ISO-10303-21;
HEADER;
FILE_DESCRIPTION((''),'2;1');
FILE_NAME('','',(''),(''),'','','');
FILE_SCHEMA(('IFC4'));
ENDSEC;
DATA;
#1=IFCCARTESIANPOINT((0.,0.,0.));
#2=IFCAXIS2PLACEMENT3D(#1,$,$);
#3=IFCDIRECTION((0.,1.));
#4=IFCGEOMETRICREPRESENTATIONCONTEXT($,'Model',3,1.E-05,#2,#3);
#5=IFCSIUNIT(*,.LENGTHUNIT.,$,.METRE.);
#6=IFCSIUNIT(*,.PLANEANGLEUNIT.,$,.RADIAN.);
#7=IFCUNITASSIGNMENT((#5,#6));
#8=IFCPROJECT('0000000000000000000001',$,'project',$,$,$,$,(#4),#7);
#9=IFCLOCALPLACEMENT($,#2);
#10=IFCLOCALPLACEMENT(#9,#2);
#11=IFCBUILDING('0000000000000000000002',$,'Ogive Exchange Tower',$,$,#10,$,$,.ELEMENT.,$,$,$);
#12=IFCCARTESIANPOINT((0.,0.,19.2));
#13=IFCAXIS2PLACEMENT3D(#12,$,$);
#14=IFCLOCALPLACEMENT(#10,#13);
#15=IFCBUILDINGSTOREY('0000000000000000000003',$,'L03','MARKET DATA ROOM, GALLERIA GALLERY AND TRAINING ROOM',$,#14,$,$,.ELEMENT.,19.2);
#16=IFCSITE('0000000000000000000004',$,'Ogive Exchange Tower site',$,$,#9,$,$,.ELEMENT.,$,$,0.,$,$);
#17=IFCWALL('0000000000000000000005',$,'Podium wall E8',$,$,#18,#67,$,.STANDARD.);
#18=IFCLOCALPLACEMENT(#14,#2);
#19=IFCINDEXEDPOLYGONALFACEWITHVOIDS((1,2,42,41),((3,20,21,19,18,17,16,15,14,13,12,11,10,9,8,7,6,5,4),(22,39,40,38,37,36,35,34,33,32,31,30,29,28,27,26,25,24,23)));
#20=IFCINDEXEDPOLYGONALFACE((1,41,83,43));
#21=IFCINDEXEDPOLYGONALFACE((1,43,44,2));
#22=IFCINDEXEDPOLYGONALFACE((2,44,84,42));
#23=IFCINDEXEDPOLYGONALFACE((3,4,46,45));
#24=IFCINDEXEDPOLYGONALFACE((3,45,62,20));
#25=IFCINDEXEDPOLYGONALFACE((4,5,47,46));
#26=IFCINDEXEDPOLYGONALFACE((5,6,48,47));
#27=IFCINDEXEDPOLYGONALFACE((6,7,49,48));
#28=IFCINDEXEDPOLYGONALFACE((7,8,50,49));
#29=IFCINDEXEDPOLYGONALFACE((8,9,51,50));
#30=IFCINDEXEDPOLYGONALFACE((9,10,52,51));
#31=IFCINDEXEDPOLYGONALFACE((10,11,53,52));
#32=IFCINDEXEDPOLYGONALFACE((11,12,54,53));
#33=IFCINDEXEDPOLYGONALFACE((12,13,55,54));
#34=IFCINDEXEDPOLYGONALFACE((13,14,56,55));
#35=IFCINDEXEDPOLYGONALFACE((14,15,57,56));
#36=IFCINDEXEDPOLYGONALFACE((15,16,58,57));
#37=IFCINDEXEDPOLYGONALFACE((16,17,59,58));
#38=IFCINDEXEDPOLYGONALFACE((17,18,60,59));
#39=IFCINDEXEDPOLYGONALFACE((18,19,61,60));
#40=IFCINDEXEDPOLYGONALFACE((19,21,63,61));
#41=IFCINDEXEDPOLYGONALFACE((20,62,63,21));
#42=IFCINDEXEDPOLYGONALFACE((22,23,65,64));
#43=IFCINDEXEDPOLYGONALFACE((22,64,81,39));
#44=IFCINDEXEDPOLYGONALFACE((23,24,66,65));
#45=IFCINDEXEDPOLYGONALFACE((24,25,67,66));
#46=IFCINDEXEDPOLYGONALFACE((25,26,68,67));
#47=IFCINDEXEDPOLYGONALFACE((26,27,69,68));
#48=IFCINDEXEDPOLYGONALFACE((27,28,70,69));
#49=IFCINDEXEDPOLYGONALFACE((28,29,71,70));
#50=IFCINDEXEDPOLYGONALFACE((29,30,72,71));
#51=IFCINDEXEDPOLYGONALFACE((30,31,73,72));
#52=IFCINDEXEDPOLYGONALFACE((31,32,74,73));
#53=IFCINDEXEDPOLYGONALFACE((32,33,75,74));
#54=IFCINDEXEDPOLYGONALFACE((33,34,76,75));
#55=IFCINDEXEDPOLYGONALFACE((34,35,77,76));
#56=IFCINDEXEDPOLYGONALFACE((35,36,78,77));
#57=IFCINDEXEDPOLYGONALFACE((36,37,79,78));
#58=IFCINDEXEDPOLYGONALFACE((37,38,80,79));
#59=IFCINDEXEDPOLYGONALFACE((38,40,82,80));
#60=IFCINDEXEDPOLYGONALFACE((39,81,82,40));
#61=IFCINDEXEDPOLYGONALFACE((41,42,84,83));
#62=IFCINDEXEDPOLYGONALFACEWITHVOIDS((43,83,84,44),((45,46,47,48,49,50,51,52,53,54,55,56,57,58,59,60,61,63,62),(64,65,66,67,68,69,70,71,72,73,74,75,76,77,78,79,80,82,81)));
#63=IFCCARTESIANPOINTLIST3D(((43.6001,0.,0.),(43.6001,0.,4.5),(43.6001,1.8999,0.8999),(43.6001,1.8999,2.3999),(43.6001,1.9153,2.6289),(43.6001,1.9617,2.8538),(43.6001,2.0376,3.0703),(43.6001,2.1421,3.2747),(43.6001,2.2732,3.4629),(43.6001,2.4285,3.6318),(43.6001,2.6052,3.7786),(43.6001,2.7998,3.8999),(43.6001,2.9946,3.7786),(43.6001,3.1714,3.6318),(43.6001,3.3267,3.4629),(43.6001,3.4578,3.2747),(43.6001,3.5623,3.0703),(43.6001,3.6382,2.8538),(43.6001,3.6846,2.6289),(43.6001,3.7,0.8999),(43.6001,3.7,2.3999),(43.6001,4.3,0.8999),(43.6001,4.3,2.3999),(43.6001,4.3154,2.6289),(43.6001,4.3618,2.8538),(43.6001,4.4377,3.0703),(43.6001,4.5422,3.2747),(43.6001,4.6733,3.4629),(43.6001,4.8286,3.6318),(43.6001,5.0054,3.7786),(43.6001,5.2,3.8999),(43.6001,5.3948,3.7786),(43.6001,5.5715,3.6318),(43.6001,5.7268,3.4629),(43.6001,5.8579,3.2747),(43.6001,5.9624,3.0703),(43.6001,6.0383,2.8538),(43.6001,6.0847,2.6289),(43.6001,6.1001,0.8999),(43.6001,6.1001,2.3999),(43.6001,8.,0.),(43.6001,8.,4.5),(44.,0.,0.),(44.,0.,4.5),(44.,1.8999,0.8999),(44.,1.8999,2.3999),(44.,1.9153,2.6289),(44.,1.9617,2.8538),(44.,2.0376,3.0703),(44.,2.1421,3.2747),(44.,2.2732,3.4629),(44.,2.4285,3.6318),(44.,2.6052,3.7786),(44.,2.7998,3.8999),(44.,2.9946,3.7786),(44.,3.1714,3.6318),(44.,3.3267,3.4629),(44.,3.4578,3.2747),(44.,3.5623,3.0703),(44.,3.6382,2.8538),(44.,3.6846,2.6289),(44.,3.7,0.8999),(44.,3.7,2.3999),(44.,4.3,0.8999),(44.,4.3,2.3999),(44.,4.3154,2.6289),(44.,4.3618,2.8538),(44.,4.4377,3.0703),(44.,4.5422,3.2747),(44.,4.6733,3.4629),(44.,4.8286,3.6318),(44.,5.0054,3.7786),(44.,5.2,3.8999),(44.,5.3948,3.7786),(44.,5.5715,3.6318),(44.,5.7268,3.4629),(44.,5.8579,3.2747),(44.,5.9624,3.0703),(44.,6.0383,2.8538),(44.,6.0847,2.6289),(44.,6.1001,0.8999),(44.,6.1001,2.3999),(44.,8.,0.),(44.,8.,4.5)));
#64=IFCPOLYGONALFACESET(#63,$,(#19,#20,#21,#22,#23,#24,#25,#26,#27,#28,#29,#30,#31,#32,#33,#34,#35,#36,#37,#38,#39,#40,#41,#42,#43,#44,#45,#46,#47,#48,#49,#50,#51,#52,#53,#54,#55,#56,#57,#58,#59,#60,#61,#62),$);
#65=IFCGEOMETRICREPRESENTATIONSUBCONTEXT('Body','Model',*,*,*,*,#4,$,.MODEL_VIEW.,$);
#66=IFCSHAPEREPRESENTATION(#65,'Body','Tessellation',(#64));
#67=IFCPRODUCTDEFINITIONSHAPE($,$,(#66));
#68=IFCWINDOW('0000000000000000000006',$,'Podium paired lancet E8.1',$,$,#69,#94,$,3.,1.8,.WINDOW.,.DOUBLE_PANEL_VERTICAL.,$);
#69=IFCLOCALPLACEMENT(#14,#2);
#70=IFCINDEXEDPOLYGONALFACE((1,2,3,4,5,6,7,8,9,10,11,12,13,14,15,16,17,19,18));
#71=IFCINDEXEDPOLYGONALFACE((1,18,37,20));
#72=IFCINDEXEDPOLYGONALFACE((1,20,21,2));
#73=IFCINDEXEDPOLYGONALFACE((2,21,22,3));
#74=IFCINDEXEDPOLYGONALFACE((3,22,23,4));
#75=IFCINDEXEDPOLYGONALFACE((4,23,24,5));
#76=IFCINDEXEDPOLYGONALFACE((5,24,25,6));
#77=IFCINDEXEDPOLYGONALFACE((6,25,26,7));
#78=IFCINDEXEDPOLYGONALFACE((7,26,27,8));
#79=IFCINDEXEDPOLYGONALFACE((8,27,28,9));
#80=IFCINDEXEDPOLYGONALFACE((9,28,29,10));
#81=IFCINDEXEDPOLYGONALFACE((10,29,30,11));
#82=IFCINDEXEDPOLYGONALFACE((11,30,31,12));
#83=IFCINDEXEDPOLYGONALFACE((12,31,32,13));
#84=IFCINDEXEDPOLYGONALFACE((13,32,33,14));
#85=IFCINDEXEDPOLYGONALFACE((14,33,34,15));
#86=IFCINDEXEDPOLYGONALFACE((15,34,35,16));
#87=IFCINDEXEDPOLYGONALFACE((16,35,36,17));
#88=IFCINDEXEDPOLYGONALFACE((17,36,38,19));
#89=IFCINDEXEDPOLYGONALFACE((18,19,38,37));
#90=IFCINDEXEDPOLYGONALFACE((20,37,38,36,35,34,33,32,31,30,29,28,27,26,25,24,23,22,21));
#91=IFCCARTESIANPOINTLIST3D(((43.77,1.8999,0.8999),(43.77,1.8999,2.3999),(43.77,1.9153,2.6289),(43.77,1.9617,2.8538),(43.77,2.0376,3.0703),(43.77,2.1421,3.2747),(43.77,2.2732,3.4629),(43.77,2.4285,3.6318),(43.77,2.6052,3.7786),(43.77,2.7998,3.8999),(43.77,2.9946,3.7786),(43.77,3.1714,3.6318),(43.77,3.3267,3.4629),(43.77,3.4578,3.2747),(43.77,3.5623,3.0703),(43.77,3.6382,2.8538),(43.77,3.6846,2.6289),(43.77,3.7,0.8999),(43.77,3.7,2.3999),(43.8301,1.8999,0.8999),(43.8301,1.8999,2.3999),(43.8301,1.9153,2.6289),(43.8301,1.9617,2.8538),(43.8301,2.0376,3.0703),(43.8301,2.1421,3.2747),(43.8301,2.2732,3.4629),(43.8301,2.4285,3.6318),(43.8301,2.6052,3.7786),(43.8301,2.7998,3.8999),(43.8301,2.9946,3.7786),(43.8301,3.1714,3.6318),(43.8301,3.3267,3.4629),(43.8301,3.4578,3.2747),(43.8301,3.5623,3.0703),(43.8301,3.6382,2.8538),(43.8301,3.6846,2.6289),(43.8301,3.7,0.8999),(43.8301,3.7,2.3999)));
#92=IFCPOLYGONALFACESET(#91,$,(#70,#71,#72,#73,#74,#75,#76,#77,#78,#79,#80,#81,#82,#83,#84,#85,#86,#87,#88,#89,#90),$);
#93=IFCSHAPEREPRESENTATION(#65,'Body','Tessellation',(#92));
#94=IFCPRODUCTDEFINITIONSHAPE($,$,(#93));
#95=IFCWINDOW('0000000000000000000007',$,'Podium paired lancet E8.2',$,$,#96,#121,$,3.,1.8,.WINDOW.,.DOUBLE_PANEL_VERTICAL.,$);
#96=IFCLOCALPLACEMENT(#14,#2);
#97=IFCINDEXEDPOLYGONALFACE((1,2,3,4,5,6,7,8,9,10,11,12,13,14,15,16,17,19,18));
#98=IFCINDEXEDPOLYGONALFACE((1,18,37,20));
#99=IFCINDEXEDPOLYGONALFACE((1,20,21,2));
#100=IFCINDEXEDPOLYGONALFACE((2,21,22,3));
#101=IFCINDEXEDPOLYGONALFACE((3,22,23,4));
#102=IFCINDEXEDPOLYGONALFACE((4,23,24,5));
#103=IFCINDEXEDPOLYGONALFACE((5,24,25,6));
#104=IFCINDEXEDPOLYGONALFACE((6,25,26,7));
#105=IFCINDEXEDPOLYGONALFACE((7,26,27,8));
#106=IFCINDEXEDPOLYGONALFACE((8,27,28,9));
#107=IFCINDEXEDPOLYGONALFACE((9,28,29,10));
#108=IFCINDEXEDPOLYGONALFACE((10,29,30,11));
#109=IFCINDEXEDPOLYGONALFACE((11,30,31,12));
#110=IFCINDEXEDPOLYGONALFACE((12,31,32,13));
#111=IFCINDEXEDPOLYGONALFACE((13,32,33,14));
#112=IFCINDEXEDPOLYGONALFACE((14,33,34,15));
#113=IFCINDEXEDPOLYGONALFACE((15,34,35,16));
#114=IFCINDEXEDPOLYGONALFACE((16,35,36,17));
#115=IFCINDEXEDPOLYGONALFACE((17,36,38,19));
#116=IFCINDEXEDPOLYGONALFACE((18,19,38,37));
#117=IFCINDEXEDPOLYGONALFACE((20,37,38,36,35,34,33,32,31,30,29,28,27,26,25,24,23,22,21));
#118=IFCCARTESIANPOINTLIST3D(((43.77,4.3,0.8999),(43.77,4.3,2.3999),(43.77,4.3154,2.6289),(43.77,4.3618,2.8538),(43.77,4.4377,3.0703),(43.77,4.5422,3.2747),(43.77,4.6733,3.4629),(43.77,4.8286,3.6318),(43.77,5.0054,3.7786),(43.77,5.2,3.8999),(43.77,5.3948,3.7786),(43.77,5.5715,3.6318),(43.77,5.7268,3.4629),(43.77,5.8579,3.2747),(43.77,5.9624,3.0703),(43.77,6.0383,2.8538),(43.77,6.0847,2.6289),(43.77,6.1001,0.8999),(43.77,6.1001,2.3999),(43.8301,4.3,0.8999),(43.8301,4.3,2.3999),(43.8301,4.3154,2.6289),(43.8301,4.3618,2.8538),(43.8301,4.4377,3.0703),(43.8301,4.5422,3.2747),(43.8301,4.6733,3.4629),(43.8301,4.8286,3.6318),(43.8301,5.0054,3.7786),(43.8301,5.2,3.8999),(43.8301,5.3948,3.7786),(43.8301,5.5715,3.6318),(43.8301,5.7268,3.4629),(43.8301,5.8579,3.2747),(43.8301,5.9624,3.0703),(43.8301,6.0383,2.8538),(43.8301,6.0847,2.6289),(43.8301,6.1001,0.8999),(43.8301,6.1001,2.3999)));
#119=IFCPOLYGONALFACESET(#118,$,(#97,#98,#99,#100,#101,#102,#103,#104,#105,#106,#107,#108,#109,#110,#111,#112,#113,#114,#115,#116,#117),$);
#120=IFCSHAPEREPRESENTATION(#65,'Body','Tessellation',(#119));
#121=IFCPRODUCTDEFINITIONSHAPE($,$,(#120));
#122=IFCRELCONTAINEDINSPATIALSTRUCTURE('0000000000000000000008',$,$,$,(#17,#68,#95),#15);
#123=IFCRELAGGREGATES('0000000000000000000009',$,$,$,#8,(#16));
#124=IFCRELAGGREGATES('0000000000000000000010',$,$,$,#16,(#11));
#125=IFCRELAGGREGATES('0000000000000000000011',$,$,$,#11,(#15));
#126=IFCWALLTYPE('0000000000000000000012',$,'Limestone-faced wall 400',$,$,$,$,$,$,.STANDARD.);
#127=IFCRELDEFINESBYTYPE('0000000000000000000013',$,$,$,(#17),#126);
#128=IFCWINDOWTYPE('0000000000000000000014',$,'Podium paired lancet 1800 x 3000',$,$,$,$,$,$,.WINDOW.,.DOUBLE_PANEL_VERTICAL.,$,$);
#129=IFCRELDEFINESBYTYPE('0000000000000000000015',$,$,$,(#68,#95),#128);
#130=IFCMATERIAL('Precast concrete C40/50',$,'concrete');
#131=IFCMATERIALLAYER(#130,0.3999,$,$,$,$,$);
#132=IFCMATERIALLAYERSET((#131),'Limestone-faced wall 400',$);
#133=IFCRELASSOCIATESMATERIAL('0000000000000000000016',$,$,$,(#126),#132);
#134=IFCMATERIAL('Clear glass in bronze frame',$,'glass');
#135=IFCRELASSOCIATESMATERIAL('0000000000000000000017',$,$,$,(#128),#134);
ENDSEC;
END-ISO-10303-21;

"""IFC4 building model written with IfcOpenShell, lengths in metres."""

from ifc_helpers import new_model, si_unit, direction, frame, frame_2d, origin, place, context, subcontext, project, spatial, polyline, rectangle, outline, extrude, material, layer, layer_set, type_object, element, fill, save


model = new_model("IFC4")

# Units and contexts
model_context = context("Model", 3, precision=1e-05, world=origin(), true_north=direction((0.0, 1.0)))
body_context = subcontext(model_context, "Body", "Model", "MODEL_VIEW")
ifc_project = project(units=[si_unit("LENGTHUNIT", "METRE"), si_unit("PLANEANGLEUNIT", "RADIAN")], contexts=[model_context])

# Site, building, storey
site_placement = place(None, origin())
site = spatial("IfcSite", under=ifc_project, at=site_placement, Name="Ogive Exchange Tower site", CompositionType="ELEMENT", RefElevation=0.0)
building_placement = place(site_placement, origin())
building = spatial("IfcBuilding", under=site, at=building_placement, Name="Ogive Exchange Tower", CompositionType="ELEMENT")
storey_placement = place(building_placement, frame((0.0, 0.0, 19.2)))
storey = spatial("IfcBuildingStorey", under=building, at=storey_placement, Name="L03", Description="MARKET DATA ROOM, GALLERIA GALLERY AND TRAINING ROOM", CompositionType="ELEMENT", Elevation=19.2)

# Shared definitions
ifc_material_1 = material(Name="Precast concrete C40/50", Category="concrete")
ifc_layer_1 = layer(ifc_material_1, 0.3999)
ifc_layer_set_1 = layer_set([ifc_layer_1], Name="Limestone-faced wall 400")
wall_type_1 = type_object("IfcWallType", Name="Limestone-faced wall 400", PredefinedType="STANDARD", material=ifc_layer_set_1)
ifc_material_2 = material(Name="Clear glass in bronze frame", Category="glass")

# Wall, openings, windows
wall_1_placement = place(storey_placement, frame((43.8, 0.0, 0.0), z_axis=(0.0, 0.0, 1.0), x_axis=(0.0, 1.0, 0.0)))
wall_1 = element("IfcWall", 1, at=wall_1_placement, inside=storey, type_object=wall_type_1, Name="Podium wall E8", PredefinedType="STANDARD", context=body_context, shape_type="SweptSolid", body=[
    extrude(rectangle(XDim=8.0, YDim=0.3999, at=frame_2d((4.0, 0.0))), origin(), (0.0, 0.0, 1.0), 4.5),
])
opening_1_placement = place(wall_1_placement, frame((1.8999, 0.0, 0.8999)))
opening_1 = element("IfcOpeningElement", 2, at=opening_1_placement, cuts=wall_1, PredefinedType="OPENING", context=body_context, shape_type="SweptSolid", body=[
    extrude(outline(polyline([(0.0, 0.0), (1.8, 0.0), (1.8, 1.5), (1.7847, 1.729), (1.7383, 1.9539), (1.6624, 2.1704), (1.5579, 2.3748), (1.4268, 2.563), (1.2715, 2.7319), (1.0947, 2.8787), (0.8999, 3.0), (0.7053, 2.8787), (0.5286, 2.7319), (0.3733, 2.563), (0.2422, 2.3748), (0.1377, 2.1704), (0.0618, 1.9539), (0.0154, 1.729), (0.0, 1.5), (0.0, 0.0)])), frame((0.0, 0.21, 0.0), z_axis=(0.0, -1.0, 0.0), x_axis=(1.0, 0.0, 0.0)), (0.0, 0.0, 1.0), 0.4199),
])
opening_2_placement = place(wall_1_placement, frame((4.3, 0.0, 0.8999)))
opening_2 = element("IfcOpeningElement", 3, at=opening_2_placement, cuts=wall_1, PredefinedType="OPENING", context=body_context, shape_type="SweptSolid", body=[
    extrude(outline(polyline([(0.0, 0.0), (1.8, 0.0), (1.8, 1.5), (1.7847, 1.729), (1.7383, 1.9539), (1.6624, 2.1704), (1.5579, 2.3748), (1.4268, 2.563), (1.2715, 2.7319), (1.0947, 2.8787), (0.8999, 3.0), (0.7053, 2.8787), (0.5286, 2.7319), (0.3733, 2.563), (0.2422, 2.3748), (0.1377, 2.1704), (0.0618, 1.9539), (0.0154, 1.729), (0.0, 1.5), (0.0, 0.0)])), frame((0.0, 0.21, 0.0), z_axis=(0.0, -1.0, 0.0), x_axis=(1.0, 0.0, 0.0)), (0.0, 0.0, 1.0), 0.4199),
])
window_type_1 = type_object("IfcWindowType", Name="Podium paired lancet 1800 x 3000", PartitioningType="DOUBLE_PANEL_VERTICAL", PredefinedType="WINDOW", material=ifc_material_2)
window_1_placement = place(opening_1_placement, origin())
window_1 = element("IfcWindow", 4, at=window_1_placement, inside=storey, type_object=window_type_1, Name="Podium paired lancet E8.1", OverallHeight=3.0, OverallWidth=1.8, PartitioningType="DOUBLE_PANEL_VERTICAL", PredefinedType="WINDOW", context=body_context, shape_type="SweptSolid", body=[
    extrude(outline(polyline([(0.0, 0.0), (1.8, 0.0), (1.8, 1.5), (1.7847, 1.729), (1.7383, 1.9539), (1.6624, 2.1704), (1.5579, 2.3748), (1.4268, 2.563), (1.2715, 2.7319), (1.0947, 2.8787), (0.8999, 3.0), (0.7053, 2.8787), (0.5286, 2.7319), (0.3733, 2.563), (0.2422, 2.3748), (0.1377, 2.1704), (0.0618, 1.9539), (0.0154, 1.729), (0.0, 1.5), (0.0, 0.0)])), frame((0.0, 0.03, 0.0), z_axis=(0.0, -1.0, 0.0), x_axis=(1.0, 0.0, 0.0)), (0.0, 0.0, 1.0), 0.0601),
])
fill(opening_1, window_1)
window_2_placement = place(opening_2_placement, origin())
window_2 = element("IfcWindow", 5, at=window_2_placement, inside=storey, type_object=window_type_1, Name="Podium paired lancet E8.2", OverallHeight=3.0, OverallWidth=1.8, PartitioningType="DOUBLE_PANEL_VERTICAL", PredefinedType="WINDOW", context=body_context, shape_type="SweptSolid", body=[
    extrude(outline(polyline([(0.0, 0.0), (1.8, 0.0), (1.8, 1.5), (1.7847, 1.729), (1.7383, 1.9539), (1.6624, 2.1704), (1.5579, 2.3748), (1.4268, 2.563), (1.2715, 2.7319), (1.0947, 2.8787), (0.8999, 3.0), (0.7053, 2.8787), (0.5286, 2.7319), (0.3733, 2.563), (0.2422, 2.3748), (0.1377, 2.1704), (0.0618, 1.9539), (0.0154, 1.729), (0.0, 1.5), (0.0, 0.0)])), frame((0.0, 0.03, 0.0), z_axis=(0.0, -1.0, 0.0), x_axis=(1.0, 0.0, 0.0)), (0.0, 0.0, 1.0), 0.0601),
])
fill(opening_2, window_2)

save(model, "model.ifc")
